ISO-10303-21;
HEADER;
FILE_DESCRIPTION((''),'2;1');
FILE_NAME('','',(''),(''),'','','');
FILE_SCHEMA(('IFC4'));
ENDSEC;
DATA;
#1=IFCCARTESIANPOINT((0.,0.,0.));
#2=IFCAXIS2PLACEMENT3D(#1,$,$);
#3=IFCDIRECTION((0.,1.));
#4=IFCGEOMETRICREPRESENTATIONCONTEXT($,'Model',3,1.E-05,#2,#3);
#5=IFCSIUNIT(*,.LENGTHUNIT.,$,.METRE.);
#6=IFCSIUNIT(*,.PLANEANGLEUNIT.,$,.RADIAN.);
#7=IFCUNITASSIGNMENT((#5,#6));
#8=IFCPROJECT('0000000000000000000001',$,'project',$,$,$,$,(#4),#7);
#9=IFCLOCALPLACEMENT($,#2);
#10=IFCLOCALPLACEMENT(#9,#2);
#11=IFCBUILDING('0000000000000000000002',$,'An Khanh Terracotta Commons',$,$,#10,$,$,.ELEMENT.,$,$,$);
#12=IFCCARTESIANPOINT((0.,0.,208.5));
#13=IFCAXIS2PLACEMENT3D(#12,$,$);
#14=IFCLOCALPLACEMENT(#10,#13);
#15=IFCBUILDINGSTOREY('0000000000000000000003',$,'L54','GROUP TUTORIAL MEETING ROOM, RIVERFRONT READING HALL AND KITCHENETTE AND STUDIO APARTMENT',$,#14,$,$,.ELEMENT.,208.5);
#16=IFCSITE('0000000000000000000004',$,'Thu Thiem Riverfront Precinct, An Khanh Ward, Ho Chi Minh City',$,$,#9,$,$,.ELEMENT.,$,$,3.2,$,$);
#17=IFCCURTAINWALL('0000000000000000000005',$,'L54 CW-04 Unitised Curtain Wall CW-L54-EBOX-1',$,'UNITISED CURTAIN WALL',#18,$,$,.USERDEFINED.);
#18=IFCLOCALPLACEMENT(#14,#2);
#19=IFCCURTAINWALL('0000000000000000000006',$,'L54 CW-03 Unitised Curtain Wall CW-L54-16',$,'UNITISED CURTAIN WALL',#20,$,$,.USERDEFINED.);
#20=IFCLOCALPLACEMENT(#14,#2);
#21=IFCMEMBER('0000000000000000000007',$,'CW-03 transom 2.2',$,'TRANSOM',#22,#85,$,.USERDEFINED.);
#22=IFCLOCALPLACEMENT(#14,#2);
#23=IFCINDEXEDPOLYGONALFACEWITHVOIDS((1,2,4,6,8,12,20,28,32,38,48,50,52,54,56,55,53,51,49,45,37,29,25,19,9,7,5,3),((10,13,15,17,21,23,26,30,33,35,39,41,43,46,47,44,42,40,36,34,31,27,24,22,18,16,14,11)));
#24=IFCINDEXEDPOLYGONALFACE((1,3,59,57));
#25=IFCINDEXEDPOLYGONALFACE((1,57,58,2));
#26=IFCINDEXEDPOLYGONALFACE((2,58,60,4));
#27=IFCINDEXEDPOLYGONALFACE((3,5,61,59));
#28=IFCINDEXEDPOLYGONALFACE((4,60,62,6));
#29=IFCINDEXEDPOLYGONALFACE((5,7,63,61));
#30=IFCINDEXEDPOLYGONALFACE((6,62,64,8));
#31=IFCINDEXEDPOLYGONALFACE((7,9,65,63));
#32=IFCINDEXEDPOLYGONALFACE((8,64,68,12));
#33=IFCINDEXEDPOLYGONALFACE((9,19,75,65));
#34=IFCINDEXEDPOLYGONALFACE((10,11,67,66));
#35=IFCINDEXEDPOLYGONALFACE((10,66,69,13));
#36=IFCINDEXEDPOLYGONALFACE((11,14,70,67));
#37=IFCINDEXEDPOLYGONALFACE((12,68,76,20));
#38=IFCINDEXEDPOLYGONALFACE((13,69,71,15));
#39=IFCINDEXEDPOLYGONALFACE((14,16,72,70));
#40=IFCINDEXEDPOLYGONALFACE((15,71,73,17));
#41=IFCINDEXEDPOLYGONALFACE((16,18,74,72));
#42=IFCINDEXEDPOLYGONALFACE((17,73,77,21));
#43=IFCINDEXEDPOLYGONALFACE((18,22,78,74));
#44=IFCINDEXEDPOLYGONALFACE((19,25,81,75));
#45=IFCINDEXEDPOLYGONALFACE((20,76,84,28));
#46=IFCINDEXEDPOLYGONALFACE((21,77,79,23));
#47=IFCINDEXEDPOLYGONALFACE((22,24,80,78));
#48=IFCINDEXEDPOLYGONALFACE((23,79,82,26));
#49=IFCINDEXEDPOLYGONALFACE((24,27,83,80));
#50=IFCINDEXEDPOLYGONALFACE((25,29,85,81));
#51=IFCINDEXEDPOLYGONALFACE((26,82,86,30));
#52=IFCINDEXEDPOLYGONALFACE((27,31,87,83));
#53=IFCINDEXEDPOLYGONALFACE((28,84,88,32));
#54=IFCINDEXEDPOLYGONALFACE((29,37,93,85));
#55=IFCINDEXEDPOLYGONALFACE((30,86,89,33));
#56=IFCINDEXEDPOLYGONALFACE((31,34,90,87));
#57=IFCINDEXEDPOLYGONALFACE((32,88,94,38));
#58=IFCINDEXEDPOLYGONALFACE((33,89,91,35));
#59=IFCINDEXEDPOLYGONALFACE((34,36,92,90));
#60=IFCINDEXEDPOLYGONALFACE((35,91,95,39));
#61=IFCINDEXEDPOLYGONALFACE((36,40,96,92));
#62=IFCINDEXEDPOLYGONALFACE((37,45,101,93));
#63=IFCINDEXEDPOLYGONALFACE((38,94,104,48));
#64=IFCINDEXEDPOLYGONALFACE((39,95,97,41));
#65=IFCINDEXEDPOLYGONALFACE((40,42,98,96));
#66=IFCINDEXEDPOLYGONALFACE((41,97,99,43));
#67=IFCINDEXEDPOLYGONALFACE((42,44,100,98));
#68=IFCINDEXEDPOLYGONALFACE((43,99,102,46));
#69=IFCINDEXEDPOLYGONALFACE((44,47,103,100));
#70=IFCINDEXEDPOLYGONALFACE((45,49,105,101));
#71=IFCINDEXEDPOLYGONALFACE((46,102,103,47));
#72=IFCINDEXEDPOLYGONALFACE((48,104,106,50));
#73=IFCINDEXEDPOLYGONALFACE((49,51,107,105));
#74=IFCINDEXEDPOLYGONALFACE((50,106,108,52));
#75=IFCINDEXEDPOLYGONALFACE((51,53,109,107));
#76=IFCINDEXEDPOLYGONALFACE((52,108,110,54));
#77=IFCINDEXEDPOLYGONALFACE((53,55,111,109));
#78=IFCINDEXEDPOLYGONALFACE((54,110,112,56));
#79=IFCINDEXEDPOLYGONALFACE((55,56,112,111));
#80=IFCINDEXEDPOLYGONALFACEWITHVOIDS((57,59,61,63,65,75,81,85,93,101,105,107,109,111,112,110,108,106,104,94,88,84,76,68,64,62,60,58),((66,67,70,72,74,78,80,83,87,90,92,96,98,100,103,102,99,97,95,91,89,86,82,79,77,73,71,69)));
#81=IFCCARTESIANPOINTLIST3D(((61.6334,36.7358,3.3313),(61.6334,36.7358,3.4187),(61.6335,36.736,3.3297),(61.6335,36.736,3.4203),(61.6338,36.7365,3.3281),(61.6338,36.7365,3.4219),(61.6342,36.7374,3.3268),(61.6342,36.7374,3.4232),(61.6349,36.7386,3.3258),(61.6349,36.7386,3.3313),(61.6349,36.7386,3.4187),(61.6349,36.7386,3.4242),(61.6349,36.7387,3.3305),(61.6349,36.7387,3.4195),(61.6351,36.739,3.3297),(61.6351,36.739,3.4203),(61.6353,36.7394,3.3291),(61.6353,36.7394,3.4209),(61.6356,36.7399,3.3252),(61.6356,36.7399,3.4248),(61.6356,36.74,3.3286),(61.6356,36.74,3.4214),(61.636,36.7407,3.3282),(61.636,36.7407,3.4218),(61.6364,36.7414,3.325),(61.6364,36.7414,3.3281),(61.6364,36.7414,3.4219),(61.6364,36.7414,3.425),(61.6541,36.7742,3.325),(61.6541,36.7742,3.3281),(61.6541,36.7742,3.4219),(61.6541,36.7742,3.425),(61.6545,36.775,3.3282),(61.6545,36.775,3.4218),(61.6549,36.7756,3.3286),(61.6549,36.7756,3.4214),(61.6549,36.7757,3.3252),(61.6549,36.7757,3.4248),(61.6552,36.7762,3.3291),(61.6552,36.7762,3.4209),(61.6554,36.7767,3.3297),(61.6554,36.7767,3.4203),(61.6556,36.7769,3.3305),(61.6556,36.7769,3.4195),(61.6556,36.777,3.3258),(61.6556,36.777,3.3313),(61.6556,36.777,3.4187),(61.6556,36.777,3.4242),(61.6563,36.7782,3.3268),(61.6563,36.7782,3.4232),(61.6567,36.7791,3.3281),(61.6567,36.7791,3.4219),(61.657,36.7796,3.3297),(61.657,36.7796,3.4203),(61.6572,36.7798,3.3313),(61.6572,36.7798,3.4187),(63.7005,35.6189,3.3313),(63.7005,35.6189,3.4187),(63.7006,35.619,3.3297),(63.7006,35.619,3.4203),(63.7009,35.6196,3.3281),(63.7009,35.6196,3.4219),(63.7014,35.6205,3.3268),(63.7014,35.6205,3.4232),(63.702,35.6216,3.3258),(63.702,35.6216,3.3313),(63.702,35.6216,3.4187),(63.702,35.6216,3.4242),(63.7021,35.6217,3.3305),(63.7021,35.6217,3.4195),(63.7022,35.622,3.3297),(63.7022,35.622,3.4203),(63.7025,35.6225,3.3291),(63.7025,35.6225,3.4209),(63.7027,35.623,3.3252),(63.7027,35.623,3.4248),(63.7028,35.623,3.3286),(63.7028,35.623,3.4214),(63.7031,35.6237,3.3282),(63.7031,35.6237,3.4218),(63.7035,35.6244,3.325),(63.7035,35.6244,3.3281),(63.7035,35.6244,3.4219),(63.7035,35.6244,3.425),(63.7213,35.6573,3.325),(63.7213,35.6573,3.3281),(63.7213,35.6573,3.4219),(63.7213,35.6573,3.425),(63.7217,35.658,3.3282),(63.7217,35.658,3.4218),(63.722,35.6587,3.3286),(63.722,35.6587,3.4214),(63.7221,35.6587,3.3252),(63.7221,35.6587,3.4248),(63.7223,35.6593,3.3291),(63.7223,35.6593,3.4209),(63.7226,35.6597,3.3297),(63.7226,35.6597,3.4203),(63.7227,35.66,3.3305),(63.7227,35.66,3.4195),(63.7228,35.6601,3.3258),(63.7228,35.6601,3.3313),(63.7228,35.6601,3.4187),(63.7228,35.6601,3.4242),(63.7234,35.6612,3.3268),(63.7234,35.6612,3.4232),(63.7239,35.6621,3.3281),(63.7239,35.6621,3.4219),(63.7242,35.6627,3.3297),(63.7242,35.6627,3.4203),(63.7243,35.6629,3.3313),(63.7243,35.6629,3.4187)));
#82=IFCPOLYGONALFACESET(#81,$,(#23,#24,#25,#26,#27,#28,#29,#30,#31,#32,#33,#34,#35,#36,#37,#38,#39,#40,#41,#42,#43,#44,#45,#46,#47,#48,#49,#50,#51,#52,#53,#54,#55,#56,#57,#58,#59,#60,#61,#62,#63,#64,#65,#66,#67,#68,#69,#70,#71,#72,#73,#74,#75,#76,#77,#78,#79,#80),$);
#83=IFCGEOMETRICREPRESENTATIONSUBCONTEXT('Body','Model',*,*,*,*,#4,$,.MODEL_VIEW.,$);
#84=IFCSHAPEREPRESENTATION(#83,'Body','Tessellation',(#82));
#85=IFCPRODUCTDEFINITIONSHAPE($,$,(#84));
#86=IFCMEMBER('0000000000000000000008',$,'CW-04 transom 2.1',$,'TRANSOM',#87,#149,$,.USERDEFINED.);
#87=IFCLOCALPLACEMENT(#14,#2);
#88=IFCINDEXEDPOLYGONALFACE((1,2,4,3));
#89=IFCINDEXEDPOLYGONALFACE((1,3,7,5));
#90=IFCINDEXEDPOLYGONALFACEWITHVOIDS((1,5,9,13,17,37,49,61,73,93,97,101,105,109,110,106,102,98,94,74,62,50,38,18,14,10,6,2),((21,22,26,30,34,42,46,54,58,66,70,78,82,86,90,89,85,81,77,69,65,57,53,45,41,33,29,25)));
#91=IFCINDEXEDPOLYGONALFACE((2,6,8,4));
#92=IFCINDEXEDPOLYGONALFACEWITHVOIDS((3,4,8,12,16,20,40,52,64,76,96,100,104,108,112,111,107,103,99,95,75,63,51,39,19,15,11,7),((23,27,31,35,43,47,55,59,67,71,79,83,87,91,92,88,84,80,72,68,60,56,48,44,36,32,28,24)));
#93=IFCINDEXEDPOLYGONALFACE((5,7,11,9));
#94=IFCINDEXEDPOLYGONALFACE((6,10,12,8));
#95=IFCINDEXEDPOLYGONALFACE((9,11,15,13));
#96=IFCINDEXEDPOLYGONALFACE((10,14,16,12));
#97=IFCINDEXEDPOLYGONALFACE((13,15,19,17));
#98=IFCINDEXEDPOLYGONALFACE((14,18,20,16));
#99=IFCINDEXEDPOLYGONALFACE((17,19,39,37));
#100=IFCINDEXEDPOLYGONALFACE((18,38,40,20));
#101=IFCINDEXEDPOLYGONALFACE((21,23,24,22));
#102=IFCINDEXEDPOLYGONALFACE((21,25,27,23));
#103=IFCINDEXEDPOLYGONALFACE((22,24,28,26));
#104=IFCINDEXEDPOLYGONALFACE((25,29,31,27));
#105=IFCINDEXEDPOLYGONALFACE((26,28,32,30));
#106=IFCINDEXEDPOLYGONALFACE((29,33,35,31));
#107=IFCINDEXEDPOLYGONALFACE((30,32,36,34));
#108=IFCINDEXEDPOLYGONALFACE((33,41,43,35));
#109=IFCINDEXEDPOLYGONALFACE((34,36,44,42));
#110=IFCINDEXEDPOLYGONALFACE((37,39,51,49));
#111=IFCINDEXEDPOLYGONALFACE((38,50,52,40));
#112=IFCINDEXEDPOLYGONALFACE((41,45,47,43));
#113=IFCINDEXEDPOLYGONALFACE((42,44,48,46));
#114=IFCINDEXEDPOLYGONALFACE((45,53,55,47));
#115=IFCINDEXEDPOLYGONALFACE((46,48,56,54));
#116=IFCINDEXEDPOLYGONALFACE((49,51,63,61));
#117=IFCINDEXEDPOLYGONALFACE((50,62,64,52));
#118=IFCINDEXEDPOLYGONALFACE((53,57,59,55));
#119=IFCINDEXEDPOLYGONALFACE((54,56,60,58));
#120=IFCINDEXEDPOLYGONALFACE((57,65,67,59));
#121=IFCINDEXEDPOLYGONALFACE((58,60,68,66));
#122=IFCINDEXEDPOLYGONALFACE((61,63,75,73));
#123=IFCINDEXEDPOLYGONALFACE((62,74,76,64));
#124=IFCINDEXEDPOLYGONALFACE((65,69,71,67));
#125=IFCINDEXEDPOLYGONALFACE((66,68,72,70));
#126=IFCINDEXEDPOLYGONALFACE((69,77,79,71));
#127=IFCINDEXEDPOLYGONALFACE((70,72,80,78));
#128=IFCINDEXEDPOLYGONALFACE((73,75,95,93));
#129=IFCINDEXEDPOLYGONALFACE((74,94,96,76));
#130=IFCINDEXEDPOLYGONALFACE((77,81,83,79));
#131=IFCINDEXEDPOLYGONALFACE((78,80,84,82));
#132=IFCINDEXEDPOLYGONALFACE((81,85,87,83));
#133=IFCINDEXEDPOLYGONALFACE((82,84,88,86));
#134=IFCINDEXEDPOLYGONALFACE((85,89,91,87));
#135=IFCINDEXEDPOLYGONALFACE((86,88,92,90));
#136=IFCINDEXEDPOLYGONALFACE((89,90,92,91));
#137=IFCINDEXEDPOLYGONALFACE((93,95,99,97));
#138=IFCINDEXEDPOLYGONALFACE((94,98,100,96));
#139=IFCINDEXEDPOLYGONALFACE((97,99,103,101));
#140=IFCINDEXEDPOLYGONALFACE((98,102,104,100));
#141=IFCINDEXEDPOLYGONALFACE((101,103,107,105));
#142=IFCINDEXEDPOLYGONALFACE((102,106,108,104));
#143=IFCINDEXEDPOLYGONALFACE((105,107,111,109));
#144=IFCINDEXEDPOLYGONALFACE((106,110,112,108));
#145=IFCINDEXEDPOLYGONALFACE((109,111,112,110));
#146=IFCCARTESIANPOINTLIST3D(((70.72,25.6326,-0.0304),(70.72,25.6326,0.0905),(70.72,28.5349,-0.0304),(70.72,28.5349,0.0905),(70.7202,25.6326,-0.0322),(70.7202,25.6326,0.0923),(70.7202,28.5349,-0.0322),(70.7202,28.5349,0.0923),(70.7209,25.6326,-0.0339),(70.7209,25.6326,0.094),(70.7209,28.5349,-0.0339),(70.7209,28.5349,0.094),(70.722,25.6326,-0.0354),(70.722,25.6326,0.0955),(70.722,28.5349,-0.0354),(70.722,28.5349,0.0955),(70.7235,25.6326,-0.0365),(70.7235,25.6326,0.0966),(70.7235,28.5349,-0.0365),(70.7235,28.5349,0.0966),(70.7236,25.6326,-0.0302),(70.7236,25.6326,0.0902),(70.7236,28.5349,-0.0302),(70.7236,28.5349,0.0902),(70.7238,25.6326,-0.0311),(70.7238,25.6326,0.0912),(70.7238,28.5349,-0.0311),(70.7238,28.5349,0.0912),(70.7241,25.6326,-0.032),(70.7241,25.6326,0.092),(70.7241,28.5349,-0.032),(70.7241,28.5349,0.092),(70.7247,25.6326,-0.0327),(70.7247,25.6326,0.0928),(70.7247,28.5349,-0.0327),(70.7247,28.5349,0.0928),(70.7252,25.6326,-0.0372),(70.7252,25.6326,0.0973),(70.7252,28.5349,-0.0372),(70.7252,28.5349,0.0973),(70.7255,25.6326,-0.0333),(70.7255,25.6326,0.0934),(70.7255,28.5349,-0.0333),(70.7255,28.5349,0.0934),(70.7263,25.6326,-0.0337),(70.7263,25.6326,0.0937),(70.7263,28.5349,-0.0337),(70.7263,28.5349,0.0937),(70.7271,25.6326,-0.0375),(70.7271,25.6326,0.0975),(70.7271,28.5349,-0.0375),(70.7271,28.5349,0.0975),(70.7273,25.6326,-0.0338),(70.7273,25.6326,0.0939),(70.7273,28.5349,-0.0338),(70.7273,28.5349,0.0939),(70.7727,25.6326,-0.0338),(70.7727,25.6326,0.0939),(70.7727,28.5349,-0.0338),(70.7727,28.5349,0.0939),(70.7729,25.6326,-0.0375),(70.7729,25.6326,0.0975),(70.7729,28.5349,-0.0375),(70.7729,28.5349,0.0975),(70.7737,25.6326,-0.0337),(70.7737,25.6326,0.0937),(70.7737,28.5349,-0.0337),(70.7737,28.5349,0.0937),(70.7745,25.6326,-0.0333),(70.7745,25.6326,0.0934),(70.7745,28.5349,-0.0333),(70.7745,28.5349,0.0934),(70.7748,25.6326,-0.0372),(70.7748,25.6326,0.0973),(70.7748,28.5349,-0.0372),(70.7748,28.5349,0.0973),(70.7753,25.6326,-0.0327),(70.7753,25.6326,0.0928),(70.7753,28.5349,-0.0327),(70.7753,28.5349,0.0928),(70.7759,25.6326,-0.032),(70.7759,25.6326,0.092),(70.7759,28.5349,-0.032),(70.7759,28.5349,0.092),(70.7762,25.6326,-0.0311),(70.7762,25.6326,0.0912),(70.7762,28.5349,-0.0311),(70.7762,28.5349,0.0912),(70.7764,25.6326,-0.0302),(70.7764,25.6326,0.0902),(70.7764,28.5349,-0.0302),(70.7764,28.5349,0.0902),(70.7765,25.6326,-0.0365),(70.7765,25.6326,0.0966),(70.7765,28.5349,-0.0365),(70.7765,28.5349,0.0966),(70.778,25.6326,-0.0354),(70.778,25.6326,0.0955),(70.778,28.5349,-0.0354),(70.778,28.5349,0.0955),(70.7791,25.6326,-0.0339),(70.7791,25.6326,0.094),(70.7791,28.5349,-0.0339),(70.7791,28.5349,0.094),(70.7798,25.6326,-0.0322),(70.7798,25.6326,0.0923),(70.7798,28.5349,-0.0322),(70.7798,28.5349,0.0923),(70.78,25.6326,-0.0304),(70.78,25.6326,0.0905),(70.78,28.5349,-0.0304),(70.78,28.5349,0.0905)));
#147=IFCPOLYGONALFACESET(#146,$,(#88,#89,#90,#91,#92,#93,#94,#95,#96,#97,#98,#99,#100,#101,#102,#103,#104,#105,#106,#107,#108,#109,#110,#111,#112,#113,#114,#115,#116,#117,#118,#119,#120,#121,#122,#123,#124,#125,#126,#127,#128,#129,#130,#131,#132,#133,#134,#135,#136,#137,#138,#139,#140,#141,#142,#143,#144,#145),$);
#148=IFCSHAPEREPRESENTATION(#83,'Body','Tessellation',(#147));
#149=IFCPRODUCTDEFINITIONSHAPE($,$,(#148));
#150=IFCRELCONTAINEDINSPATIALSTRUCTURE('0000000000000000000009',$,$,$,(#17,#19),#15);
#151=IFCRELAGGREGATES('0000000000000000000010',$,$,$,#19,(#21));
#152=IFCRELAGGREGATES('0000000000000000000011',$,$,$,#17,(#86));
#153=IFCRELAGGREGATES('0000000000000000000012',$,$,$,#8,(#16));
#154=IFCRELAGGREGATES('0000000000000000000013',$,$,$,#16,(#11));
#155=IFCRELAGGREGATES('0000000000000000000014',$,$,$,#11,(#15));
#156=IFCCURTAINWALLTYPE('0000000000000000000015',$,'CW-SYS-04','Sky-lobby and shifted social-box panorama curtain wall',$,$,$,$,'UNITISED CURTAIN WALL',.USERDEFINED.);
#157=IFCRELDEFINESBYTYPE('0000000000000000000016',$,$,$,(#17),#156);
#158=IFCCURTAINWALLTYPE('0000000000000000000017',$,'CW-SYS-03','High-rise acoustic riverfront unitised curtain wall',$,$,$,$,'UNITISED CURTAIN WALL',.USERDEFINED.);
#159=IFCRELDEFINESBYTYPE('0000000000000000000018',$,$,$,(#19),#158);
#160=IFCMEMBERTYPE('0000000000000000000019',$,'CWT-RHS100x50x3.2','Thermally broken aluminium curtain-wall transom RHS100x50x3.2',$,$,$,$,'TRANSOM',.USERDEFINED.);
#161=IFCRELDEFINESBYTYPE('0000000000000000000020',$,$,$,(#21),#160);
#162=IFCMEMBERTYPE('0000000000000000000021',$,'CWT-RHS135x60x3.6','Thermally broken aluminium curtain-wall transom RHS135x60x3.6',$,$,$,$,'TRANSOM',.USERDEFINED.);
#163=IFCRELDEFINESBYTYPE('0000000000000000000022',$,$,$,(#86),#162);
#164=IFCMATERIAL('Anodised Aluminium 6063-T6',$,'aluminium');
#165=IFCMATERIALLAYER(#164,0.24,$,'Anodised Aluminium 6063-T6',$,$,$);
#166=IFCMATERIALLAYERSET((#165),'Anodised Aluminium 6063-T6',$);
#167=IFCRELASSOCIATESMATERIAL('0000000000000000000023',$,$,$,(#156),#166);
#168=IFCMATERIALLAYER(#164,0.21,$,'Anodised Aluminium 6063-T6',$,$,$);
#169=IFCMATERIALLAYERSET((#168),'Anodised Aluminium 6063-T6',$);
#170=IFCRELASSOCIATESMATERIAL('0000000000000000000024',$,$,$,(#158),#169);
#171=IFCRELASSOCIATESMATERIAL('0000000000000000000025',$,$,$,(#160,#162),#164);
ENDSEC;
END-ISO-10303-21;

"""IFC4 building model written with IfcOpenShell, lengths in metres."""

from ifc_helpers import new_model, si_unit, direction, frame, origin, origin_2d, place, context, subcontext, project, spatial, hollow_rectangle, extrude, material, layer, layer_set, material_profile, profile_set, type_object, element, aggregate, save


model = new_model("IFC4")

# Units and contexts
model_context = context("Model", 3, precision=1e-05, world=origin(), true_north=direction((0.0, 1.0)))
body_context = subcontext(model_context, "Body", "Model", "MODEL_VIEW")
ifc_project = project(units=[si_unit("LENGTHUNIT", "METRE"), si_unit("PLANEANGLEUNIT", "RADIAN")], contexts=[model_context])

# Site, building, storey
site_placement = place(None, origin())
site = spatial("IfcSite", under=ifc_project, at=site_placement, Name="Thu Thiem Riverfront Precinct, An Khanh Ward, Ho Chi Minh City", CompositionType="ELEMENT", RefElevation=3.2)
building_placement = place(site_placement, origin())
building = spatial("IfcBuilding", under=site, at=building_placement, Name="An Khanh Terracotta Commons", CompositionType="ELEMENT")
storey_placement = place(building_placement, frame((0.0, 0.0, 208.5)))
storey = spatial("IfcBuildingStorey", under=building, at=storey_placement, Name="L54", Description="GROUP TUTORIAL MEETING ROOM, RIVERFRONT READING HALL AND KITCHENETTE AND STUDIO APARTMENT", CompositionType="ELEMENT", Elevation=208.5)

# Curtain walls, member
ifc_material_1 = material(Name="Anodised Aluminium 6063-T6", Category="aluminium")
ifc_layer_1 = layer(ifc_material_1, 0.24, Name="Anodised Aluminium 6063-T6")
ifc_layer_set_1 = layer_set([ifc_layer_1], Name="Anodised Aluminium 6063-T6")
curtain_wall_type_1 = type_object("IfcCurtainWallType", Name="CW-SYS-04", Description="Sky-lobby and shifted social-box panorama curtain wall", ElementType="UNITISED CURTAIN WALL", PredefinedType="USERDEFINED", material=ifc_layer_set_1)
curtain_wall_1_placement = place(storey_placement, origin())
curtain_wall_1 = element("IfcCurtainWall", 1, at=curtain_wall_1_placement, inside=storey, type_object=curtain_wall_type_1, Name="L54 CW-04 Unitised Curtain Wall CW-L54-EBOX-1", ObjectType="UNITISED CURTAIN WALL", PredefinedType="USERDEFINED")
ifc_layer_2 = layer(ifc_material_1, 0.21, Name="Anodised Aluminium 6063-T6")
ifc_layer_set_2 = layer_set([ifc_layer_2], Name="Anodised Aluminium 6063-T6")
curtain_wall_type_2 = type_object("IfcCurtainWallType", Name="CW-SYS-03", Description="High-rise acoustic riverfront unitised curtain wall", ElementType="UNITISED CURTAIN WALL", PredefinedType="USERDEFINED", material=ifc_layer_set_2)
curtain_wall_2_placement = place(storey_placement, origin())
curtain_wall_2 = element("IfcCurtainWall", 2, at=curtain_wall_2_placement, inside=storey, type_object=curtain_wall_type_2, Name="L54 CW-03 Unitised Curtain Wall CW-L54-16", ObjectType="UNITISED CURTAIN WALL", PredefinedType="USERDEFINED")
ifc_material_profile_1 = material_profile(ifc_material_1, hollow_rectangle(XDim=0.05, YDim=0.1001, WallThickness=0.0032, InnerFilletRadius=0.0032, OuterFilletRadius=0.0063, at=origin_2d()), Name="RHS100x50x3.2")
ifc_profile_set_1 = profile_set([ifc_material_profile_1], Name="Anodised Aluminium 6063-T6")
member_type_1 = type_object("IfcMemberType", Name="CWT-RHS100x50x3.2", Description="Thermally broken aluminium curtain-wall transom RHS100x50x3.2", ElementType="TRANSOM", PredefinedType="USERDEFINED", material=ifc_profile_set_1)
member_1_placement = place(storey_placement, frame((63.7124, 35.6409, 3.375), z_axis=(-0.879783, 0.475376, 0.0), x_axis=(-0.475376, -0.879783, 0.0)))
member_1 = element("IfcMember", 3, at=member_1_placement, type_object=member_type_1, Name="CW-03 transom 2.2", ObjectType="TRANSOM", PredefinedType="USERDEFINED", context=body_context, shape_type="SweptSolid", body=[
    extrude(hollow_rectangle(XDim=0.05, YDim=0.1001, WallThickness=0.0032, InnerFilletRadius=0.0032, OuterFilletRadius=0.0063, at=origin_2d()), origin(), (0.0, 0.0, 1.0), 2.3496),
])

# Member
ifc_material_profile_2 = material_profile(ifc_material_1, hollow_rectangle(XDim=0.0601, YDim=0.135, WallThickness=0.0037, InnerFilletRadius=0.0037, OuterFilletRadius=0.0071, at=origin_2d()), Name="RHS135x60x3.6")
ifc_profile_set_2 = profile_set([ifc_material_profile_2], Name="Anodised Aluminium 6063-T6")
member_type_2 = type_object("IfcMemberType", Name="CWT-RHS135x60x3.6", Description="Thermally broken aluminium curtain-wall transom RHS135x60x3.6", ElementType="TRANSOM", PredefinedType="USERDEFINED", material=ifc_profile_set_2)
member_2_placement = place(storey_placement, frame((70.75, 25.6326, 0.03), z_axis=(0.0, 1.0, 0.0), x_axis=(-1.0, 0.0, 0.0)))
member_2 = element("IfcMember", 4, at=member_2_placement, type_object=member_type_2, Name="CW-04 transom 2.1", ObjectType="TRANSOM", PredefinedType="USERDEFINED", context=body_context, shape_type="SweptSolid", body=[
    extrude(hollow_rectangle(XDim=0.0601, YDim=0.135, WallThickness=0.0037, InnerFilletRadius=0.0037, OuterFilletRadius=0.0071, at=origin_2d()), origin(), (0.0, 0.0, 1.0), 2.9023),
])

aggregate(curtain_wall_2, [member_1])
aggregate(curtain_wall_1, [member_2])

save(model, "model.ifc")
